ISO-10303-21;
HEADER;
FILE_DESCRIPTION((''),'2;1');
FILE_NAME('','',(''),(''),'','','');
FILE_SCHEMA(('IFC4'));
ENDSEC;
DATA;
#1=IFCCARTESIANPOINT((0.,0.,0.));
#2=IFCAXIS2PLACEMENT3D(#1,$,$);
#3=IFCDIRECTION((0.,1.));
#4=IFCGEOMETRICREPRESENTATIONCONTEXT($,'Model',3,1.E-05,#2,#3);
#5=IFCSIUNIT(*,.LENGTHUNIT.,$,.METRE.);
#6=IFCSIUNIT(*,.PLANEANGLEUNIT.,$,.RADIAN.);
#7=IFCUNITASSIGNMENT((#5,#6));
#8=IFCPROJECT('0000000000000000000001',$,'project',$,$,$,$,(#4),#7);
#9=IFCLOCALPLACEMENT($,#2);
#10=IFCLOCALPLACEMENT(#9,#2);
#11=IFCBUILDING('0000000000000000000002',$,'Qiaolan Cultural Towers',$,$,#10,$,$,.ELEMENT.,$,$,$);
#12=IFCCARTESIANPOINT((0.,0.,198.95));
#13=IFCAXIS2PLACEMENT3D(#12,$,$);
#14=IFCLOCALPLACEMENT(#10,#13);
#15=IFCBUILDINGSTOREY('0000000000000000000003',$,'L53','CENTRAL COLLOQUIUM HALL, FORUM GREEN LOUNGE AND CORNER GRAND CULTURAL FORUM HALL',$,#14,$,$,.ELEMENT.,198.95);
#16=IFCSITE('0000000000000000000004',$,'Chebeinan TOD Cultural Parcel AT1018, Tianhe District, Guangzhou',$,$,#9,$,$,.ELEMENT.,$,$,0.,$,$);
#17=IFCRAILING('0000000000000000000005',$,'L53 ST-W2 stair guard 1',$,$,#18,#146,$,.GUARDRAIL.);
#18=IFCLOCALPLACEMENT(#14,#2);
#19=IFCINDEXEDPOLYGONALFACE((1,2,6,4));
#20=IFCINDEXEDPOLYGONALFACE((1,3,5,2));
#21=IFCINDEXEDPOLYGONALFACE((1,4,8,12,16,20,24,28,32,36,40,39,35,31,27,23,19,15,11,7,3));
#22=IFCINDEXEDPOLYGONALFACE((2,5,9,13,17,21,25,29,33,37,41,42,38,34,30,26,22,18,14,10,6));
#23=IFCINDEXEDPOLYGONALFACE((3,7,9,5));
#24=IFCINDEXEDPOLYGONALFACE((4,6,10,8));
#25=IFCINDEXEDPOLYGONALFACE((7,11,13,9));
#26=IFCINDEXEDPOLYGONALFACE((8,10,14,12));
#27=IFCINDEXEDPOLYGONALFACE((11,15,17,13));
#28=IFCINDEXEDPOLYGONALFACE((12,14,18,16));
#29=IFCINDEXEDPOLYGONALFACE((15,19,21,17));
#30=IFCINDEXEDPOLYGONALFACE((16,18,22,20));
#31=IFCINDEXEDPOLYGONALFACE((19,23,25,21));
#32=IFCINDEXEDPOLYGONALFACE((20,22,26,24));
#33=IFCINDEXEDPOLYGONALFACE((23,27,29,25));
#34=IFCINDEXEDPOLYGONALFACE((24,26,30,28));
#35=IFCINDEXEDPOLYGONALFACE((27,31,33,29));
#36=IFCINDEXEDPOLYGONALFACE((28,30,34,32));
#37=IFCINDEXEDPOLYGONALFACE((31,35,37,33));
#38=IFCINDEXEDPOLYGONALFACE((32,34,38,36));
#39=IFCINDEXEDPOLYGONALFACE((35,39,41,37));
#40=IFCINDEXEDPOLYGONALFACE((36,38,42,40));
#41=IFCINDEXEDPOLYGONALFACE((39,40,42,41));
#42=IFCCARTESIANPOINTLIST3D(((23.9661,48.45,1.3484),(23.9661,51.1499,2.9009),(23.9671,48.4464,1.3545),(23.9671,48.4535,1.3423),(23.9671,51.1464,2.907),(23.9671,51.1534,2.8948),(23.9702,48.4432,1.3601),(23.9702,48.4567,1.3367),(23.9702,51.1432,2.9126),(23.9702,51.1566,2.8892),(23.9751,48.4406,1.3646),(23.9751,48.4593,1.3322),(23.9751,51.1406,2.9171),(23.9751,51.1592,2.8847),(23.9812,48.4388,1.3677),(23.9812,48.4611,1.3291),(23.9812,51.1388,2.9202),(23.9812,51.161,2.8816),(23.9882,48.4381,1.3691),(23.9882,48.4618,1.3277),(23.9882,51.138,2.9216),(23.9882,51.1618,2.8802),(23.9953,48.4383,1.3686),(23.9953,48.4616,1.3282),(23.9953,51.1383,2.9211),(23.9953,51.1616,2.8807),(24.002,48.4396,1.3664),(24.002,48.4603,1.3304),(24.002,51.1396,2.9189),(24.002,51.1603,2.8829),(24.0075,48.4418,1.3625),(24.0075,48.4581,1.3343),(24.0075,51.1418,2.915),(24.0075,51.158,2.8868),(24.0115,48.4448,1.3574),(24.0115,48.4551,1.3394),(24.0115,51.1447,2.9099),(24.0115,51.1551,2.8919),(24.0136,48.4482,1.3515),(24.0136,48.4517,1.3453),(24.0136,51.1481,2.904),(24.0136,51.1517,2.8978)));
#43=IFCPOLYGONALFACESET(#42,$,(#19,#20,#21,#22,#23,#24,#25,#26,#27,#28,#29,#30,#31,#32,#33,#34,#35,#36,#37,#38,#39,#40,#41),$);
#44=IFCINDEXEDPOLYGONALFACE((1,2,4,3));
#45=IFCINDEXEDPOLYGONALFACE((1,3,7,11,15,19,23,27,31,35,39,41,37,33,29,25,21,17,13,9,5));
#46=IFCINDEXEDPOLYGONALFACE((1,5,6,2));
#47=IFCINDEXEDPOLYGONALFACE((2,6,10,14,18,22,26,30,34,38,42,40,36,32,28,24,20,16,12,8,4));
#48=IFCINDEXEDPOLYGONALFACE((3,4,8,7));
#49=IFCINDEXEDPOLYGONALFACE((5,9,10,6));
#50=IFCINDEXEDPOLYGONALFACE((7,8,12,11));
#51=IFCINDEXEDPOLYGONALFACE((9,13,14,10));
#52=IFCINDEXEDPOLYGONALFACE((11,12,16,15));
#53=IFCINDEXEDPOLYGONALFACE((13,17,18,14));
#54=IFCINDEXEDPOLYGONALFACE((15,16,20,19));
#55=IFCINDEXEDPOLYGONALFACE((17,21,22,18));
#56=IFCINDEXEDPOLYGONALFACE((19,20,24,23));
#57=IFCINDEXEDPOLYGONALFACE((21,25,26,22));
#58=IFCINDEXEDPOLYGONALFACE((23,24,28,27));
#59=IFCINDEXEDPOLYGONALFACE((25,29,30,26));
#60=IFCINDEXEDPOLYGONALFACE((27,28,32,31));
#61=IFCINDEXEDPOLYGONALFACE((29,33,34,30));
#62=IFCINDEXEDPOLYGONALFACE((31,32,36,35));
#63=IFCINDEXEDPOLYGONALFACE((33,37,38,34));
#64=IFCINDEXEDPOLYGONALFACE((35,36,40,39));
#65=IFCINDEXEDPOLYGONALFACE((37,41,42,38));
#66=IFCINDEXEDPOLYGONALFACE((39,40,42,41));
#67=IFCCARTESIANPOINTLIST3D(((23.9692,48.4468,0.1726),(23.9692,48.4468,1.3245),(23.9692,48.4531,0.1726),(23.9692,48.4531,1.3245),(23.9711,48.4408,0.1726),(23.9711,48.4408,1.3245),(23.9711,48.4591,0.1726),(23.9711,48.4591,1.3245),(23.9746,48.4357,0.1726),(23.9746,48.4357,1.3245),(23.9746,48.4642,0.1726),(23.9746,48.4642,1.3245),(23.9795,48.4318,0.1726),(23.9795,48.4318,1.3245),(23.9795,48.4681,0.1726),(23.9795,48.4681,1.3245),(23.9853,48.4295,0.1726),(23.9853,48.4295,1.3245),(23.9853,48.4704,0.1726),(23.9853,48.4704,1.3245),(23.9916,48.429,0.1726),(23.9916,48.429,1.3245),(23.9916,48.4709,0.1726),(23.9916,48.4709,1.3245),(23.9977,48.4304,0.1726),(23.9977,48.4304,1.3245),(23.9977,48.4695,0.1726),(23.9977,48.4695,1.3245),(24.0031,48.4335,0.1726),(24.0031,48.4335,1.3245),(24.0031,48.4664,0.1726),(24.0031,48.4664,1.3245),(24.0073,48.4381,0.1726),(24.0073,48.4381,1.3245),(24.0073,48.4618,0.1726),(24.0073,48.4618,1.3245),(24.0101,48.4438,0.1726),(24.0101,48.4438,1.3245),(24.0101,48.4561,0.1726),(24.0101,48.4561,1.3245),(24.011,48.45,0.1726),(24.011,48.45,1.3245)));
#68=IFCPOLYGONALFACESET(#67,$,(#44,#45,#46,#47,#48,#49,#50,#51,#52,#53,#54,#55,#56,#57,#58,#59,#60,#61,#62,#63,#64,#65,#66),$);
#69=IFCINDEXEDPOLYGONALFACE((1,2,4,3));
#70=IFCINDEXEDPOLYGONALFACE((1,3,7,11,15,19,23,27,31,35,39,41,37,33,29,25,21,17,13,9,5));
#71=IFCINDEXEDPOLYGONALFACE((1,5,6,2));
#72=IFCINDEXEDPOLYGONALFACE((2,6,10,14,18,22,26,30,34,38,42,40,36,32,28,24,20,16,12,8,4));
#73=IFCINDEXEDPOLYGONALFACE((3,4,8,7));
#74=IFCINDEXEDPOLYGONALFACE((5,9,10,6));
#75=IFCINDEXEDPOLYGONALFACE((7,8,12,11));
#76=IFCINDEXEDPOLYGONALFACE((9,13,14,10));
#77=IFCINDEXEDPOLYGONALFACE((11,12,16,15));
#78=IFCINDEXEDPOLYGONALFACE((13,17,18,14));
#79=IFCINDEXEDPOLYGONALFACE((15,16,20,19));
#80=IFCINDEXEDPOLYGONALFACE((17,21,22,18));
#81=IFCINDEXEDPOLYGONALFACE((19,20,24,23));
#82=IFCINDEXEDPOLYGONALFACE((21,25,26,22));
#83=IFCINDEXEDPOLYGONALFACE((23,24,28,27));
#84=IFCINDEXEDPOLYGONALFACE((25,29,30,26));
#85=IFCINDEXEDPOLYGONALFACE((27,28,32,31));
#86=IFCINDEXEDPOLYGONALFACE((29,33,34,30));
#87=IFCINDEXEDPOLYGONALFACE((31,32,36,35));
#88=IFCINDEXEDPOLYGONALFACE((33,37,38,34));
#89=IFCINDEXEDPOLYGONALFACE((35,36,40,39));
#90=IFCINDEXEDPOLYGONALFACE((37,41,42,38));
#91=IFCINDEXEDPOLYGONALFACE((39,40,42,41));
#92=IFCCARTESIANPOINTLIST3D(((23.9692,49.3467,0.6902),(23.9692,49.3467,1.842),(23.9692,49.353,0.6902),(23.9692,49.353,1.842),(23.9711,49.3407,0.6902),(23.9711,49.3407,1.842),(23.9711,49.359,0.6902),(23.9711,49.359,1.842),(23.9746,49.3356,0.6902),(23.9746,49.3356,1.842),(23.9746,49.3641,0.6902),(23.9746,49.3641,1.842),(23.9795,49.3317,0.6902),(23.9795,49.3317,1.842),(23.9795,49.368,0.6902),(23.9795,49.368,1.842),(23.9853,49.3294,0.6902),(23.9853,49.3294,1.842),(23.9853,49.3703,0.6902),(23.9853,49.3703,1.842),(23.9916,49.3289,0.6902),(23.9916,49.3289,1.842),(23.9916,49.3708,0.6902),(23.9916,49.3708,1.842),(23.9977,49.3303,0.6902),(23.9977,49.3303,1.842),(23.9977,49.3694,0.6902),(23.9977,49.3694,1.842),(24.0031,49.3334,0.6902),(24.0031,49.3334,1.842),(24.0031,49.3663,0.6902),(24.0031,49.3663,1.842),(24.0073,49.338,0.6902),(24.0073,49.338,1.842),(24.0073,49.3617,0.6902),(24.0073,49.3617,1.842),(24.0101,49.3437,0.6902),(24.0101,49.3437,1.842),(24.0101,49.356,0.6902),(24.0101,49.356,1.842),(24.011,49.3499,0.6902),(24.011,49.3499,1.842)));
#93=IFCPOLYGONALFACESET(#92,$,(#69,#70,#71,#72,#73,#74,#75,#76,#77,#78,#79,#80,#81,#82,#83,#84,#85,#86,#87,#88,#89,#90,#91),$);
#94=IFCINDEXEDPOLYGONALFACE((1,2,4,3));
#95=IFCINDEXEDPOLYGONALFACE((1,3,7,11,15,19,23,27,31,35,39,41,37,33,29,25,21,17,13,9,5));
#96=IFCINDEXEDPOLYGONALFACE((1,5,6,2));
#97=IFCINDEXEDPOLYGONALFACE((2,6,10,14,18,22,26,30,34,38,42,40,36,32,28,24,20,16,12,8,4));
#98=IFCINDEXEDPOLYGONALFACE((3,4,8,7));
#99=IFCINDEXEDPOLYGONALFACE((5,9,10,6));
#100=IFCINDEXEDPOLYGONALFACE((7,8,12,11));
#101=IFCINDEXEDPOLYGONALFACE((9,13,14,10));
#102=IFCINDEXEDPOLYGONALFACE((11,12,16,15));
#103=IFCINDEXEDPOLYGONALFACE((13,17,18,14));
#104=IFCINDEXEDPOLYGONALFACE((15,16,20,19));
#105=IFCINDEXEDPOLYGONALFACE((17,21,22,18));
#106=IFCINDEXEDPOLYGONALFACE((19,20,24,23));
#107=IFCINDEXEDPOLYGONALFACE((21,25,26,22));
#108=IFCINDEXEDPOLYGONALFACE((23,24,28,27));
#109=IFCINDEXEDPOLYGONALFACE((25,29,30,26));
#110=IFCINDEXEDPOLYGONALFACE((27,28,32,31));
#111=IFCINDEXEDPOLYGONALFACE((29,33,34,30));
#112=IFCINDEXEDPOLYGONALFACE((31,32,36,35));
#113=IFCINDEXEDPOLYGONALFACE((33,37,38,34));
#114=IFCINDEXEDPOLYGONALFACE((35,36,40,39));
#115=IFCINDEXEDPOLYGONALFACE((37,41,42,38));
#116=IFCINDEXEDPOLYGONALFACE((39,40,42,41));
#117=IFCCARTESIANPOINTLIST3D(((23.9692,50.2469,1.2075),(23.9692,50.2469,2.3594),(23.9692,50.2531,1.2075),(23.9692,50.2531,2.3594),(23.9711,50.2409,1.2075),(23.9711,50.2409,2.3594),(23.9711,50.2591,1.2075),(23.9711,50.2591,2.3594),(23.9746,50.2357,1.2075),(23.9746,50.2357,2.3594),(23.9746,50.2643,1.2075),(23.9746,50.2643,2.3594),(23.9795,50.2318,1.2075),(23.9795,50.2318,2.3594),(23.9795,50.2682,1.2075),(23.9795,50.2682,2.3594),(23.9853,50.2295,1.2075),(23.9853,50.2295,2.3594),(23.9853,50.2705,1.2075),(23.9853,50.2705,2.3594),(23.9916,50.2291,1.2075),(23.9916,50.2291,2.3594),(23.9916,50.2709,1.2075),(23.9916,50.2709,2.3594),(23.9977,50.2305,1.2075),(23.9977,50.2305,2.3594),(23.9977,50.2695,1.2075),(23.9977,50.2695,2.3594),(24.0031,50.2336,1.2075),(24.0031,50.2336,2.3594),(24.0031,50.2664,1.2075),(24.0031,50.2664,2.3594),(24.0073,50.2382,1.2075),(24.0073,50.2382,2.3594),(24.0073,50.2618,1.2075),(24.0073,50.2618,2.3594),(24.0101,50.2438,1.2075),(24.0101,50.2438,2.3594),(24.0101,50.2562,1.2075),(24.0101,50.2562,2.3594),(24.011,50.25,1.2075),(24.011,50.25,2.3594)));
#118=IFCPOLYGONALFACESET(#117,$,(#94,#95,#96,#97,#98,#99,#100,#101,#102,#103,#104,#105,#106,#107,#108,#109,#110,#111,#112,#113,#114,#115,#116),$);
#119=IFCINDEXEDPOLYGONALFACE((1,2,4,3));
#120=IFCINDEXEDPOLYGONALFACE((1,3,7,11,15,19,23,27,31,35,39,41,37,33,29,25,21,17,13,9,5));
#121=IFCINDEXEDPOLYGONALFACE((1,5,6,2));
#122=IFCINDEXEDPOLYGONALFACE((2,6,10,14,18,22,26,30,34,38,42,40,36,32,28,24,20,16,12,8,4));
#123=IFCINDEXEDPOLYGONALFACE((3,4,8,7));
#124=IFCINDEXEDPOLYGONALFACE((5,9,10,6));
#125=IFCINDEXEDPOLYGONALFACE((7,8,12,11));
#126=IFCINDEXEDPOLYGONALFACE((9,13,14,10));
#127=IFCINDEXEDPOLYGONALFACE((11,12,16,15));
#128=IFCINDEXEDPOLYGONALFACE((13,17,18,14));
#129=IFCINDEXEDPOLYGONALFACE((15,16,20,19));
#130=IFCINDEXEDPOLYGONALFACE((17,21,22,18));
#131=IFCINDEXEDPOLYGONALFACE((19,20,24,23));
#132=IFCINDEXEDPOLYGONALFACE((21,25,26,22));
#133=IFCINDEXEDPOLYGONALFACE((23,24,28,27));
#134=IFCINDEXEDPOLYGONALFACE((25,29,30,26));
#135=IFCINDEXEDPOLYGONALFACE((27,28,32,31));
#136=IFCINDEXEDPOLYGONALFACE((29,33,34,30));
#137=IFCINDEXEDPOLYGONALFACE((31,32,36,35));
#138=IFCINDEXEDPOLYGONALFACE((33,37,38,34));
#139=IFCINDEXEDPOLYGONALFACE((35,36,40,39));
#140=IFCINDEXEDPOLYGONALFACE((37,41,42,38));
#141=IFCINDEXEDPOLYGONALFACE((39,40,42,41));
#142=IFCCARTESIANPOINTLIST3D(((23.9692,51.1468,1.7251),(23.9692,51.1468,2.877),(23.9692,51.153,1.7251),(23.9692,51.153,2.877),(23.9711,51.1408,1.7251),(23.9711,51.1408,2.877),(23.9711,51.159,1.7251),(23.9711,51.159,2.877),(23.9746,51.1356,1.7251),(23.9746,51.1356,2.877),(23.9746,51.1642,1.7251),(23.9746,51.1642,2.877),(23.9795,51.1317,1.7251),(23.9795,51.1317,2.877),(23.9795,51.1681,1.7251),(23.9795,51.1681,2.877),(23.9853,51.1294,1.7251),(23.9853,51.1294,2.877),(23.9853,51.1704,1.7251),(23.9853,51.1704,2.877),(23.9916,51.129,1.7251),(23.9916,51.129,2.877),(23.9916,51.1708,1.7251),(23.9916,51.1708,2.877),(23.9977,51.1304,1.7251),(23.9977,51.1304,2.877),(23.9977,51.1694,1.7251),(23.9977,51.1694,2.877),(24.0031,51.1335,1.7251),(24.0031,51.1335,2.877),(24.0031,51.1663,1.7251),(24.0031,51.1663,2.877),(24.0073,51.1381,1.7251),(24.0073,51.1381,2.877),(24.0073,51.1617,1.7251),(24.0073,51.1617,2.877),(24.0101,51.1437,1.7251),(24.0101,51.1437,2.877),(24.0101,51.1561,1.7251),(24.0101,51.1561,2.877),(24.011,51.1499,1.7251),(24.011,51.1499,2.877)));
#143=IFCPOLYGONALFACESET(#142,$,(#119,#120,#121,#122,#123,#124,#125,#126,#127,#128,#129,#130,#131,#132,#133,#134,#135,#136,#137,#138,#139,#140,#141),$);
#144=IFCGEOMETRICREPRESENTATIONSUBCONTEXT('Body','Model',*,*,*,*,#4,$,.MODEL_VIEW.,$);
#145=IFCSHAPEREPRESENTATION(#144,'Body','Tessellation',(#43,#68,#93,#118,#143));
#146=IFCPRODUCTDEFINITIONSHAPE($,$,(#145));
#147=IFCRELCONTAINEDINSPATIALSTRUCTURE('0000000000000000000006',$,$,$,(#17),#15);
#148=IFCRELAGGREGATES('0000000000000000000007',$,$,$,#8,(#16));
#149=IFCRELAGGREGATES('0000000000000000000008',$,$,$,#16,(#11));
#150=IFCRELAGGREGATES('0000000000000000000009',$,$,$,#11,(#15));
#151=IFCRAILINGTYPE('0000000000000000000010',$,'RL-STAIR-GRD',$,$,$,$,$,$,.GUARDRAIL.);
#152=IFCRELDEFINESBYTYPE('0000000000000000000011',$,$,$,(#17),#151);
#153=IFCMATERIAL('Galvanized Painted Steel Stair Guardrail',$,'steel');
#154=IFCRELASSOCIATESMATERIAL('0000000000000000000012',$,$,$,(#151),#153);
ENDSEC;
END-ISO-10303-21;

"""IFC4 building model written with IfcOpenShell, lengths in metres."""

from ifc_helpers import new_model, si_unit, direction, frame, origin, origin_2d, place, context, subcontext, project, spatial, circle, extrude, material, type_object, element, save


model = new_model("IFC4")

# Units and contexts
model_context = context("Model", 3, precision=1e-05, world=origin(), true_north=direction((0.0, 1.0)))
body_context = subcontext(model_context, "Body", "Model", "MODEL_VIEW")
ifc_project = project(units=[si_unit("LENGTHUNIT", "METRE"), si_unit("PLANEANGLEUNIT", "RADIAN")], contexts=[model_context])

# Site, building, storey
site_placement = place(None, origin())
site = spatial("IfcSite", under=ifc_project, at=site_placement, Name="Chebeinan TOD Cultural Parcel AT1018, Tianhe District, Guangzhou", CompositionType="ELEMENT", RefElevation=0.0)
building_placement = place(site_placement, origin())
building = spatial("IfcBuilding", under=site, at=building_placement, Name="Qiaolan Cultural Towers", CompositionType="ELEMENT")
storey_placement = place(building_placement, frame((0.0, 0.0, 198.95)))
storey = spatial("IfcBuildingStorey", under=building, at=storey_placement, Name="L53", Description="CENTRAL COLLOQUIUM HALL, FORUM GREEN LOUNGE AND CORNER GRAND CULTURAL FORUM HALL", CompositionType="ELEMENT", Elevation=198.95)

# Railing
ifc_material_1 = material(Name="Galvanized Painted Steel Stair Guardrail", Category="steel")
railing_type_1 = type_object("IfcRailingType", Name="RL-STAIR-GRD", PredefinedType="GUARDRAIL", material=ifc_material_1)
railing_1_placement = place(storey_placement, frame((23.99, 48.45, 0.1726)))
element("IfcRailing", 1, at=railing_1_placement, inside=storey, type_object=railing_type_1, Name="L53 ST-W2 stair guard 1", PredefinedType="GUARDRAIL", context=body_context, shape_type="SweptSolid", body=[
    extrude(circle(Radius=0.0239, at=origin_2d()), frame((0.0, 0.0, 1.1758), z_axis=(0.0, 0.866904, 0.498476), x_axis=(-1.0, 0.0, 0.0)), (0.0, 0.0, 1.0), 3.1145),
    extrude(circle(Radius=0.021, at=origin_2d()), origin(), (0.0, 0.0, 1.0), 1.1519),
    extrude(circle(Radius=0.021, at=origin_2d()), frame((0.0, 0.8999, 0.5176)), (0.0, 0.0, 1.0), 1.1519),
    extrude(circle(Radius=0.021, at=origin_2d()), frame((0.0, 1.8, 1.0349)), (0.0, 0.0, 1.0), 1.1519),
    extrude(circle(Radius=0.021, at=origin_2d()), frame((0.0, 2.7, 1.5525)), (0.0, 0.0, 1.0), 1.1519),
])

save(model, "model.ifc")
